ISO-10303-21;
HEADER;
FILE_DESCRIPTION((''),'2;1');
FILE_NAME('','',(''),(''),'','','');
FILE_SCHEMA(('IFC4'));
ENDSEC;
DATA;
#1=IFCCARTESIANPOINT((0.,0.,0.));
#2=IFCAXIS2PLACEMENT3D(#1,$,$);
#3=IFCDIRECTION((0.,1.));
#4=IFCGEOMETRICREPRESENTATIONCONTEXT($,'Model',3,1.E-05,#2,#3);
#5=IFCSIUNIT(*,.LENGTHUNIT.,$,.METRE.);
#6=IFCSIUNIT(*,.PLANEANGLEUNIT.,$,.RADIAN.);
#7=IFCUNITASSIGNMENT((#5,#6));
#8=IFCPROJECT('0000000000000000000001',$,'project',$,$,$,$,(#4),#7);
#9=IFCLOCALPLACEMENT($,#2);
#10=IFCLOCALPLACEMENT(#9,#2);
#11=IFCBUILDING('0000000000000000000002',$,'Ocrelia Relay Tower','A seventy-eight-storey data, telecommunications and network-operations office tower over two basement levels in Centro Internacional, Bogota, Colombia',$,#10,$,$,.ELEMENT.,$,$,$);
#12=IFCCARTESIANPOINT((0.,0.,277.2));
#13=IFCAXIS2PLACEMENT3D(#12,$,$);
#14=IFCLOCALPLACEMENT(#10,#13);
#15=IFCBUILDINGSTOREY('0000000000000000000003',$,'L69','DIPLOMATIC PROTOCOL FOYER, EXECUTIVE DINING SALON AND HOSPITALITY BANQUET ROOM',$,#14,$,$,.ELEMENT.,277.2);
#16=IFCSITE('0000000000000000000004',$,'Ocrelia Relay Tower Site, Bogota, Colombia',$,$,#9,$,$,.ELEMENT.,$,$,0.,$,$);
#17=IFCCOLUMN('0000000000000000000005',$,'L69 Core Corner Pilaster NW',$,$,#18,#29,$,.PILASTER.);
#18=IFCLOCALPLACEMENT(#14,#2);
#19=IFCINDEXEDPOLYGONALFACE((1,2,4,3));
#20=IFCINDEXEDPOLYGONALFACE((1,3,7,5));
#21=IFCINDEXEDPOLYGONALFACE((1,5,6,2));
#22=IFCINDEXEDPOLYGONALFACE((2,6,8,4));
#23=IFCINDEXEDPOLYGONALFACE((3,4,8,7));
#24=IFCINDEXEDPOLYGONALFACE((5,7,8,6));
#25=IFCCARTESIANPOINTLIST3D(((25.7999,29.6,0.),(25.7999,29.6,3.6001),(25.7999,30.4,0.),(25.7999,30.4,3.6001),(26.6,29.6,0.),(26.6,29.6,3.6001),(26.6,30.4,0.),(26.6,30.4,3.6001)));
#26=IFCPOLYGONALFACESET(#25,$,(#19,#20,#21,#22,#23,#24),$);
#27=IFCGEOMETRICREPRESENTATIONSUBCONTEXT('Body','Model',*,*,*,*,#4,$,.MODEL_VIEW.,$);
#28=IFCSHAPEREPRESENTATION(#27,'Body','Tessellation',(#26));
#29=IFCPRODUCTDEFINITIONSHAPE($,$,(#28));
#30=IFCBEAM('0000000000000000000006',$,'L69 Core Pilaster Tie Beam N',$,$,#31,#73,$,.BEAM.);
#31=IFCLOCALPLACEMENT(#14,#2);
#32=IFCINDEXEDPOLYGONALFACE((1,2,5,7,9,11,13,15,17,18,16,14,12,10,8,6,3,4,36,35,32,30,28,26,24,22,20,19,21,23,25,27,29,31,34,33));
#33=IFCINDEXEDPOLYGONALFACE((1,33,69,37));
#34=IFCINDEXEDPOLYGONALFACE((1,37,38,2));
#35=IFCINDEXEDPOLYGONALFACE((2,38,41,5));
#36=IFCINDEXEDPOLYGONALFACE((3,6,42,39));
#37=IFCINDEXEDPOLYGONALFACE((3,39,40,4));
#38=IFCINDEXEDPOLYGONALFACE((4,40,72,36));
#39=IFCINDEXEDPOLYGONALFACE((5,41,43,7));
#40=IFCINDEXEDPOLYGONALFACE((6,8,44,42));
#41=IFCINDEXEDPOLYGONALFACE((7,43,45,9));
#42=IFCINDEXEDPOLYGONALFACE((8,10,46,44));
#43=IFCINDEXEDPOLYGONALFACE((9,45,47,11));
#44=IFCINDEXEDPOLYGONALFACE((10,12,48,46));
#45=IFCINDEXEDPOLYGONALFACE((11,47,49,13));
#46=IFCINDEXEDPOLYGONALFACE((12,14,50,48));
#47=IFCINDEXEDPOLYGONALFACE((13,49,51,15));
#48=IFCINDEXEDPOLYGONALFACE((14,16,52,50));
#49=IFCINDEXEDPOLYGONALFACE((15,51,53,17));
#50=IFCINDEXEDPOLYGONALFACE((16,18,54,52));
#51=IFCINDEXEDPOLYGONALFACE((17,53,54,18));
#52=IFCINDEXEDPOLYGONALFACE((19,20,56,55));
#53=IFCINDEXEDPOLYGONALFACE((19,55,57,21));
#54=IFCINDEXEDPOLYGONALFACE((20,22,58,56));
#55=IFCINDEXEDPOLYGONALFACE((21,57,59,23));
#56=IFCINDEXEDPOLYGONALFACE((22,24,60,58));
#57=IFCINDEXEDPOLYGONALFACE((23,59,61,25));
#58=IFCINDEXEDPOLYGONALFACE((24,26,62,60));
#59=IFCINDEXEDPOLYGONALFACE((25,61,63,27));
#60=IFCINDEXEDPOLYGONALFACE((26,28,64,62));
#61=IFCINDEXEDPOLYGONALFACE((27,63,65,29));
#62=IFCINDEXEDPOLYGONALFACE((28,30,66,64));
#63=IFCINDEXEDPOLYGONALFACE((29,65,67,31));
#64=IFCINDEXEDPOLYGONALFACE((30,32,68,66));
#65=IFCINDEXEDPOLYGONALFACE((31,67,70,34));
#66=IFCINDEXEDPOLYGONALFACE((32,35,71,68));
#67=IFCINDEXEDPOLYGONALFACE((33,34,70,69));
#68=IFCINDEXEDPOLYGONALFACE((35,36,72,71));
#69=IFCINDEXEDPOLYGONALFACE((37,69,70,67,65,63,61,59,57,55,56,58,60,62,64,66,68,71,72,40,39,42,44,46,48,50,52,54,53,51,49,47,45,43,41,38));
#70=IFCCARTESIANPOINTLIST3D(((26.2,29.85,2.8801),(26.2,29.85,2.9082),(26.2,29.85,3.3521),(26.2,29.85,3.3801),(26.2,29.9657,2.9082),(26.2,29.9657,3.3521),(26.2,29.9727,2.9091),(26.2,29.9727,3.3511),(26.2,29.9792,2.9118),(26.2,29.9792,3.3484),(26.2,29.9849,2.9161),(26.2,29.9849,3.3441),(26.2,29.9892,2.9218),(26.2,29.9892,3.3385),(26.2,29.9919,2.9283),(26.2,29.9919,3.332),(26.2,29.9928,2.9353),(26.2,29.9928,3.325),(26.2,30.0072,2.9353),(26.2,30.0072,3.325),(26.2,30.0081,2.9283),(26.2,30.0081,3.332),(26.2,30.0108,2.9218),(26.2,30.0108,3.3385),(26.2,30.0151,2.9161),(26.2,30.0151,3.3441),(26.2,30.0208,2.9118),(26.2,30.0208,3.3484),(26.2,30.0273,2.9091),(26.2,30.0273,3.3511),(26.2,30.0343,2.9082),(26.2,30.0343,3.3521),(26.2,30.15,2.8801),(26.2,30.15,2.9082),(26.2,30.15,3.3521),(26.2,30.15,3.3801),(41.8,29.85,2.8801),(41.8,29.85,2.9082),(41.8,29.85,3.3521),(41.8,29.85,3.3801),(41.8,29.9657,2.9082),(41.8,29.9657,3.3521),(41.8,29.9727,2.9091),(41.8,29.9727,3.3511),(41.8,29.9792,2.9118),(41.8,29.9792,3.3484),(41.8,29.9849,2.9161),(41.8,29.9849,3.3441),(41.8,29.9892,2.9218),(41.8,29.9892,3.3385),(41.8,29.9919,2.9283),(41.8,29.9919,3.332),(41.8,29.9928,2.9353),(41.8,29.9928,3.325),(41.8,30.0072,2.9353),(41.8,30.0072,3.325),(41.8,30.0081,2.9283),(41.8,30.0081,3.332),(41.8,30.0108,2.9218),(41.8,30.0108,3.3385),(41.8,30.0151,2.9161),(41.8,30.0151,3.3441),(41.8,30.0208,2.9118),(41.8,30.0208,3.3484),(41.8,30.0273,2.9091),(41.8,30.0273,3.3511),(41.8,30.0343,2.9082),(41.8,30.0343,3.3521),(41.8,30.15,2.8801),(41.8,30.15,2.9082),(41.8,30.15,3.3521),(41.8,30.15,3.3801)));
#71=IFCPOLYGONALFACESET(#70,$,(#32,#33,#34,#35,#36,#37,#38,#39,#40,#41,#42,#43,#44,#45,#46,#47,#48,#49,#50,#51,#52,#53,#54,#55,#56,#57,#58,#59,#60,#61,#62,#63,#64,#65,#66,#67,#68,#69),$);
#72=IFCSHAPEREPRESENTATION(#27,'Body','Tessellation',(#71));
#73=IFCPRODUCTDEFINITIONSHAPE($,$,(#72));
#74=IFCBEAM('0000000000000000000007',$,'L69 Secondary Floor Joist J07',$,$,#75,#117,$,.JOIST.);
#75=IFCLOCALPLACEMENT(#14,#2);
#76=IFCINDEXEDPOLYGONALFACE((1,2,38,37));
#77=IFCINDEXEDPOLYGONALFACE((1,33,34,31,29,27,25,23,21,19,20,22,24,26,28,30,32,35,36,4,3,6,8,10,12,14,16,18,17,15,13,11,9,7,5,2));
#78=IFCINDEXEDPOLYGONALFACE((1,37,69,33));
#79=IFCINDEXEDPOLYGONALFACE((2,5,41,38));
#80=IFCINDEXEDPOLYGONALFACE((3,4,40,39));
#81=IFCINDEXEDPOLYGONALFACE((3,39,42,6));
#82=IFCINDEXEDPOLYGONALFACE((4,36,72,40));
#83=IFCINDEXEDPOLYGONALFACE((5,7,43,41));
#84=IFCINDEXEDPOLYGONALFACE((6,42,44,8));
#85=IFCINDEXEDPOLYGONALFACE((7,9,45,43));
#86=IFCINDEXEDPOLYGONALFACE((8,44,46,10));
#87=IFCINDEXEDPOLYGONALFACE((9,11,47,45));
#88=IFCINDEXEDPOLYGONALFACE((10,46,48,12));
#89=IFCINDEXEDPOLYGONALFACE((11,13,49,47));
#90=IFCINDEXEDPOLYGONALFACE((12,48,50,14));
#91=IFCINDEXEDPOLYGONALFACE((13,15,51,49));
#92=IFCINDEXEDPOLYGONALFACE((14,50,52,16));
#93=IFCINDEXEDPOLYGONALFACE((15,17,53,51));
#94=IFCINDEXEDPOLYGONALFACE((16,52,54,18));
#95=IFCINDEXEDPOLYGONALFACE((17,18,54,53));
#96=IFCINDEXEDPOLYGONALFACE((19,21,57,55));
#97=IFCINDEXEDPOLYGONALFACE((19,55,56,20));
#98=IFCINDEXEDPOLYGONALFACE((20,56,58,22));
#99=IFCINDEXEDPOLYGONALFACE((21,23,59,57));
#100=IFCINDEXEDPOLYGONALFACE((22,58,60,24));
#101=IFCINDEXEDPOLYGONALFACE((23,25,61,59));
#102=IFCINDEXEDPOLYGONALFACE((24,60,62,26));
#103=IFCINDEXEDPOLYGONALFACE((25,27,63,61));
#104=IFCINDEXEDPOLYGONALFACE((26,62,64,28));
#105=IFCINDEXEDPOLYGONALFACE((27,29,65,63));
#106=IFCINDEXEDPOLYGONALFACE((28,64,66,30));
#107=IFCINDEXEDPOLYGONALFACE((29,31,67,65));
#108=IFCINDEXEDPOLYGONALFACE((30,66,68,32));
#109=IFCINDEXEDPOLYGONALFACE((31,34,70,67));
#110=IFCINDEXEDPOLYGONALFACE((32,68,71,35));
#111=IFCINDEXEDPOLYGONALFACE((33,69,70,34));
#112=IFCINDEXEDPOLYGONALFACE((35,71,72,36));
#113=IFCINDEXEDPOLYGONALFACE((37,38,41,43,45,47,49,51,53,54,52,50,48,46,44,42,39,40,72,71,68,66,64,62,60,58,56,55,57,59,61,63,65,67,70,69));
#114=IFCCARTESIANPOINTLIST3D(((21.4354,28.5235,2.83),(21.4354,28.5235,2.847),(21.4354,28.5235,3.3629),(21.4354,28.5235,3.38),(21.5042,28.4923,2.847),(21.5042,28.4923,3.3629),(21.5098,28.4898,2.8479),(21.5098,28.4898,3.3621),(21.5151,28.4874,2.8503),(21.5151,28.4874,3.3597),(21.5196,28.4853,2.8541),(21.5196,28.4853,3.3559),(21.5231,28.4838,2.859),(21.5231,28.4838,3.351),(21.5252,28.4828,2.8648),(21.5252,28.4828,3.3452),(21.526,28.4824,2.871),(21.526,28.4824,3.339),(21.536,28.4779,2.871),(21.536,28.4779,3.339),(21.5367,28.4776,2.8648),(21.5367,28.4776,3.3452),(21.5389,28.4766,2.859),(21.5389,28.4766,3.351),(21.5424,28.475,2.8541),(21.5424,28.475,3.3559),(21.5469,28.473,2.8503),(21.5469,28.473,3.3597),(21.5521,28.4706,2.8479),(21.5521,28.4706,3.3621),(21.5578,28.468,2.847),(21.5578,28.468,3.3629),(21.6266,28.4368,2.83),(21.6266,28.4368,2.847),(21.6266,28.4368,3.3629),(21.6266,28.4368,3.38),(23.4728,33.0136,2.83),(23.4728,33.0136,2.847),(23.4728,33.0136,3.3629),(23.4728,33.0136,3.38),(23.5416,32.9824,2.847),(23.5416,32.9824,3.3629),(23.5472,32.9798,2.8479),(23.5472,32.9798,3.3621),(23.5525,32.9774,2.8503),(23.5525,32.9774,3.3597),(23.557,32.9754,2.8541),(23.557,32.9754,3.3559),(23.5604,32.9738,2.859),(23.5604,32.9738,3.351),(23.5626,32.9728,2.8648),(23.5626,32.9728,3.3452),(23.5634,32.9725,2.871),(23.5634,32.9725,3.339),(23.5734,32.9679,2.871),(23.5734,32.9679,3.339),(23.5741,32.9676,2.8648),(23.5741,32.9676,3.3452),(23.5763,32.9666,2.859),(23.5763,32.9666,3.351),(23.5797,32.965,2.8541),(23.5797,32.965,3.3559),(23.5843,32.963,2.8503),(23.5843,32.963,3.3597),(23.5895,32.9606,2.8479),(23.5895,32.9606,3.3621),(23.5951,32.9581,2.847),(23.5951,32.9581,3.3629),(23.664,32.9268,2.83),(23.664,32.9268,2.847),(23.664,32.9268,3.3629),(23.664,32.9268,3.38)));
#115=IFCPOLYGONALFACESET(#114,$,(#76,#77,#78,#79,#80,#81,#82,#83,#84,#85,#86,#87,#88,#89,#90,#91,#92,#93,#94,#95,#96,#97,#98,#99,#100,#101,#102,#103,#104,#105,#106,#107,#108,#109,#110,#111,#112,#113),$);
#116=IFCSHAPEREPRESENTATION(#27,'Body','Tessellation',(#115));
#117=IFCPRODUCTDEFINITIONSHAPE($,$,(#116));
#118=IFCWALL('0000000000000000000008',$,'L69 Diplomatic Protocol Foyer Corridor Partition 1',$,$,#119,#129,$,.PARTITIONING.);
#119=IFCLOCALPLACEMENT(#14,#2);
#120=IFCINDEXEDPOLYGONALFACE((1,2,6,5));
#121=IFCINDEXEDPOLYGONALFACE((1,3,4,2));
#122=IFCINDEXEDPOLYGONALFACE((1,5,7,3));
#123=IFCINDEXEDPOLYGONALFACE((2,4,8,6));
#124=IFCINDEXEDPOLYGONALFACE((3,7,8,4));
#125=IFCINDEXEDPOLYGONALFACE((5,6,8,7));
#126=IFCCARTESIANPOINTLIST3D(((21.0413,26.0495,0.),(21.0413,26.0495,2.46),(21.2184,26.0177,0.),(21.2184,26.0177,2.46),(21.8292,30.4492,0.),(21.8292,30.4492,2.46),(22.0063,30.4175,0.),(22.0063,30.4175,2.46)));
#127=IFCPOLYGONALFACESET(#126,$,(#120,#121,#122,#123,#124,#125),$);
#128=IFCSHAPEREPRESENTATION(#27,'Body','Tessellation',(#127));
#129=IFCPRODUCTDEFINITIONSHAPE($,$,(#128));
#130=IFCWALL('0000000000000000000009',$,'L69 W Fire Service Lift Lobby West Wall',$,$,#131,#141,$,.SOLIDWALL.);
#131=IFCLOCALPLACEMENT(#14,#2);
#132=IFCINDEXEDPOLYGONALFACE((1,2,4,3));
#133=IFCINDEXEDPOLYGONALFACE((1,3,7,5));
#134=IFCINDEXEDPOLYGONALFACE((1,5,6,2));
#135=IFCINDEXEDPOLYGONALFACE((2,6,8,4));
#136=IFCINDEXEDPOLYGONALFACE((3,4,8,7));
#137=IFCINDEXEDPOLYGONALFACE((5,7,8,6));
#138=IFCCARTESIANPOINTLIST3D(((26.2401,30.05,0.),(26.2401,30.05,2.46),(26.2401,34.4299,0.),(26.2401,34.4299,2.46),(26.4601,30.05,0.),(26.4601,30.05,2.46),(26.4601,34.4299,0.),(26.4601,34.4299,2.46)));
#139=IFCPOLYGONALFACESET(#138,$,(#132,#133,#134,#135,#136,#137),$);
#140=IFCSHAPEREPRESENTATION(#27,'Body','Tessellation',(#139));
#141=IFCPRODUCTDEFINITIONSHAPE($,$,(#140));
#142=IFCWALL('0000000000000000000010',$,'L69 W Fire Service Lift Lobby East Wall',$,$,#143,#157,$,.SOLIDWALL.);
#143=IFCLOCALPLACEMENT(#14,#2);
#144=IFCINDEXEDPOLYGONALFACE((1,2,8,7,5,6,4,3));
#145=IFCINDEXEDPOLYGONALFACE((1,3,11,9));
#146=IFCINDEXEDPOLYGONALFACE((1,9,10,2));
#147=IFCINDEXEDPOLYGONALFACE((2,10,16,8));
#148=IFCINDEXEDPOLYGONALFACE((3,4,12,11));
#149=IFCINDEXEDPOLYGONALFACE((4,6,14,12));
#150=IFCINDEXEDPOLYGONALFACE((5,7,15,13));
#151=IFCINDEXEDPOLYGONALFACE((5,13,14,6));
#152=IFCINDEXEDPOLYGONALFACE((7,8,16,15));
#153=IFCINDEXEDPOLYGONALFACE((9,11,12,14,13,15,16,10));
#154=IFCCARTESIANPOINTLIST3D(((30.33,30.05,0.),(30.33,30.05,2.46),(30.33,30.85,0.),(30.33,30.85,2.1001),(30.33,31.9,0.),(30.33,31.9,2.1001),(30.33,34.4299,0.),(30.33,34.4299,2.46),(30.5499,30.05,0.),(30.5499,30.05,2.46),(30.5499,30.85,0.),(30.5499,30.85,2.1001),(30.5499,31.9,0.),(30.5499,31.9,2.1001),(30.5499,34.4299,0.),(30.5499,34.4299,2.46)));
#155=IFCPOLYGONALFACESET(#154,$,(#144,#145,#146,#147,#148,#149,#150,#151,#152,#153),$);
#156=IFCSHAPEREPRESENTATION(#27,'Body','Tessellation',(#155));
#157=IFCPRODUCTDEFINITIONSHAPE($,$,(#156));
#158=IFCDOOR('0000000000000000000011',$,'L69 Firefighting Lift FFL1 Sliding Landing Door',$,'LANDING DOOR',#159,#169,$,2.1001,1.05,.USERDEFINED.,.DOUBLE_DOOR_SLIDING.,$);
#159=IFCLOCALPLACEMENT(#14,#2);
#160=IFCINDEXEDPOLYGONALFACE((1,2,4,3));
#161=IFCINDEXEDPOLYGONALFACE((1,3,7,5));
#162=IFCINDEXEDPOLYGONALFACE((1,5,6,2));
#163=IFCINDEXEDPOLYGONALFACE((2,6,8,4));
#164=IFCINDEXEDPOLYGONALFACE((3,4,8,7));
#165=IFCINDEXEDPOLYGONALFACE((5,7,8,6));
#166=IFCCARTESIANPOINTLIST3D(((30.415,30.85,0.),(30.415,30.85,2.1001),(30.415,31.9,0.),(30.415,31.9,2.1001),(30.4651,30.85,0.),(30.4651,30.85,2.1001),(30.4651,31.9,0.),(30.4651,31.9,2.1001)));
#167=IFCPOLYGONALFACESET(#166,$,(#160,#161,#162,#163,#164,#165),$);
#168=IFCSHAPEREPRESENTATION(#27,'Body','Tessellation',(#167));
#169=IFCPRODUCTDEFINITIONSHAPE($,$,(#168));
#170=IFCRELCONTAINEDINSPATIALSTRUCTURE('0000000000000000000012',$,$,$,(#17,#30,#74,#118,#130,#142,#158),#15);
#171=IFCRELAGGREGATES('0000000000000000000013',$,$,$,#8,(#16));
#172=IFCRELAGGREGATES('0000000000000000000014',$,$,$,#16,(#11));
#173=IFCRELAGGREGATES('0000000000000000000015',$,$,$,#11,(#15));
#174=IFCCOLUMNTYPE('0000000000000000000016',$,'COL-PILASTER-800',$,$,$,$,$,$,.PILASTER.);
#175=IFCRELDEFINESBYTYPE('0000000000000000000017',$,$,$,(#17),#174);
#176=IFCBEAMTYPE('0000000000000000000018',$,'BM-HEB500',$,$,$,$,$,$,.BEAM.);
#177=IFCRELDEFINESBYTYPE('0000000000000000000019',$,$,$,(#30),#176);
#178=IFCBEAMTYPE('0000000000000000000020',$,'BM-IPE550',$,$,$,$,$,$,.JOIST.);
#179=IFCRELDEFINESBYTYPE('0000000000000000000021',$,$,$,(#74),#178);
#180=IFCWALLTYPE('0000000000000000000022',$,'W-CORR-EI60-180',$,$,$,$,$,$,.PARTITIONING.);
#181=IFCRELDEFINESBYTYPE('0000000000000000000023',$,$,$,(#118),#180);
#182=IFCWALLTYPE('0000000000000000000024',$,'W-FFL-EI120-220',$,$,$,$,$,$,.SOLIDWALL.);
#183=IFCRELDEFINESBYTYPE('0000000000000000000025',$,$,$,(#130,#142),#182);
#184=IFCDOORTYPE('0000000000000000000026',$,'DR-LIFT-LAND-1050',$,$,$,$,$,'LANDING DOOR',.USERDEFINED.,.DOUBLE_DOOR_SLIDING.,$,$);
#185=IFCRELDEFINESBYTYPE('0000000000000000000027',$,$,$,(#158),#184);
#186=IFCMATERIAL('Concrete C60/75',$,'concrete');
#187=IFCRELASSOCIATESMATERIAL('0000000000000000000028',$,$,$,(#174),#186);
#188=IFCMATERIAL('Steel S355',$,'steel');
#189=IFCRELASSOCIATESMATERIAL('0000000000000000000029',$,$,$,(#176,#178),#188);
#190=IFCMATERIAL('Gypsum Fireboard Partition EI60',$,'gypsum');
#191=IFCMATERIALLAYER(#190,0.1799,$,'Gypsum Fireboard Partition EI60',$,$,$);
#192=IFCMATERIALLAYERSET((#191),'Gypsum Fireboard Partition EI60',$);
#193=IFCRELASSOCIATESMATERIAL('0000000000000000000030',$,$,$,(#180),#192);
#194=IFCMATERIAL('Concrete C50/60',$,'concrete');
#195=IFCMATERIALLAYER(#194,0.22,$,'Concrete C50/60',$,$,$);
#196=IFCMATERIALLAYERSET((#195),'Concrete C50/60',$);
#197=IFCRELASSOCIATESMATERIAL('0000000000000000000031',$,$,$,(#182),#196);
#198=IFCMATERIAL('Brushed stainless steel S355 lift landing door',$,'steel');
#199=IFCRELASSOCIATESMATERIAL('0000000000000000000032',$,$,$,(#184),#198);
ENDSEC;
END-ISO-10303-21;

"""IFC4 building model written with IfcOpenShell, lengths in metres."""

from ifc_helpers import new_model, si_unit, direction, frame, frame_2d, origin, origin_2d, place, context, subcontext, project, spatial, rectangle, i_section, extrude, material, layer, layer_set, material_profile, profile_set, type_object, element, fill, save


model = new_model("IFC4")

# Units and contexts
model_context = context("Model", 3, precision=1e-05, world=origin(), true_north=direction((0.0, 1.0)))
body_context = subcontext(model_context, "Body", "Model", "MODEL_VIEW")
ifc_project = project(units=[si_unit("LENGTHUNIT", "METRE"), si_unit("PLANEANGLEUNIT", "RADIAN")], contexts=[model_context])

# Site, building, storey
site_placement = place(None, origin())
site = spatial("IfcSite", under=ifc_project, at=site_placement, Name="Ocrelia Relay Tower Site, Bogota, Colombia", CompositionType="ELEMENT", RefElevation=0.0)
building_placement = place(site_placement, origin())
building = spatial("IfcBuilding", under=site, at=building_placement, Name="Ocrelia Relay Tower", Description="A seventy-eight-storey data, telecommunications and network-operations office tower over two basement levels in Centro Internacional, Bogota, Colombia", CompositionType="ELEMENT")
storey_placement = place(building_placement, frame((0.0, 0.0, 277.2)))
storey = spatial("IfcBuildingStorey", under=building, at=storey_placement, Name="L69", Description="DIPLOMATIC PROTOCOL FOYER, EXECUTIVE DINING SALON AND HOSPITALITY BANQUET ROOM", CompositionType="ELEMENT", Elevation=277.2)

# Column
ifc_material_1 = material(Name="Concrete C60/75", Category="concrete")
ifc_material_profile_1 = material_profile(ifc_material_1, rectangle(XDim=0.8, YDim=0.8, at=origin_2d()), Name="RC-COL-800x800")
ifc_profile_set_1 = profile_set([ifc_material_profile_1], Name="Concrete C60/75")
column_type = type_object("IfcColumnType", Name="COL-PILASTER-800", PredefinedType="PILASTER", material=ifc_profile_set_1)
column_placement = place(storey_placement, frame((26.2, 30.0, 0.0), z_axis=(0.0, 0.0, 1.0), x_axis=(1.0, 0.0, 0.0)))
element("IfcColumn", 1, at=column_placement, inside=storey, type_object=column_type, Name="L69 Core Corner Pilaster NW", PredefinedType="PILASTER", context=body_context, shape_type="SweptSolid", body=[
    extrude(rectangle(XDim=0.8, YDim=0.8, at=origin_2d()), origin(), (0.0, 0.0, 1.0), 3.6001),
])

# Beams
ifc_material_2 = material(Name="Steel S355", Category="steel")
ifc_material_profile_2 = material_profile(ifc_material_2, i_section(OverallWidth=0.3, OverallDepth=0.5, WebThickness=0.0144, FlangeThickness=0.0281, FilletRadius=0.0271, at=origin_2d()), Name="HEB 500")
ifc_profile_set_2 = profile_set([ifc_material_profile_2], Name="Steel S355")
beam_type_1 = type_object("IfcBeamType", Name="BM-HEB500", PredefinedType="BEAM", material=ifc_profile_set_2)
beam_1_placement = place(storey_placement, frame((26.2, 30.0, 3.1301), z_axis=(1.0, 0.0, 0.0), x_axis=(0.0, 1.0, 0.0)))
element("IfcBeam", 2, at=beam_1_placement, inside=storey, type_object=beam_type_1, Name="L69 Core Pilaster Tie Beam N", PredefinedType="BEAM", context=body_context, shape_type="SweptSolid", body=[
    extrude(i_section(OverallWidth=0.3, OverallDepth=0.5, WebThickness=0.0144, FlangeThickness=0.0281, FilletRadius=0.0271, at=origin_2d()), origin(), (0.0, 0.0, 1.0), 15.6001),
])
ifc_material_profile_3 = material_profile(ifc_material_2, i_section(OverallWidth=0.21, OverallDepth=0.55, WebThickness=0.011, FlangeThickness=0.0171, FilletRadius=0.0239, at=origin_2d()), Name="IPE 550")
ifc_profile_set_3 = profile_set([ifc_material_profile_3], Name="Steel S355")
beam_type_2 = type_object("IfcBeamType", Name="BM-IPE550", PredefinedType="JOIST", material=ifc_profile_set_3)
beam_2_placement = place(storey_placement, frame((23.5684, 32.9702, 3.105), z_axis=(-0.413206, -0.910638, 0.0), x_axis=(0.910638, -0.413206, 0.0)))
element("IfcBeam", 3, at=beam_2_placement, inside=storey, type_object=beam_type_2, Name="L69 Secondary Floor Joist J07", PredefinedType="JOIST", context=body_context, shape_type="SweptSolid", body=[
    extrude(i_section(OverallWidth=0.21, OverallDepth=0.55, WebThickness=0.011, FlangeThickness=0.0171, FilletRadius=0.0239, at=origin_2d()), origin(), (0.0, 0.0, 1.0), 4.9307),
])

# Shared definitions
ifc_material_3 = material(Name="Concrete C50/60", Category="concrete")

# Walls
ifc_material_4 = material(Name="Gypsum Fireboard Partition EI60", Category="gypsum")
ifc_layer_1 = layer(ifc_material_4, 0.1799, Name="Gypsum Fireboard Partition EI60")
ifc_layer_set_1 = layer_set([ifc_layer_1], Name="Gypsum Fireboard Partition EI60")
wall_type_1 = type_object("IfcWallType", Name="W-CORR-EI60-180", PredefinedType="PARTITIONING", material=ifc_layer_set_1)
wall_1_placement = place(storey_placement, frame((21.9177, 30.4333, 0.0), z_axis=(0.0, 0.0, 1.0), x_axis=(-0.176265, -0.984343, 0.0)))
element("IfcWall", 4, at=wall_1_placement, inside=storey, type_object=wall_type_1, Name="L69 Diplomatic Protocol Foyer Corridor Partition 1", PredefinedType="PARTITIONING", context=body_context, shape_type="SweptSolid", body=[
    extrude(rectangle(XDim=4.4697, YDim=0.1799, at=frame_2d((2.2349, 0.0))), origin(), (0.0, 0.0, 1.0), 2.46),
])
ifc_layer_2 = layer(ifc_material_3, 0.22, Name="Concrete C50/60")
ifc_layer_set_2 = layer_set([ifc_layer_2], Name="Concrete C50/60")
wall_type_2 = type_object("IfcWallType", Name="W-FFL-EI120-220", PredefinedType="SOLIDWALL", material=ifc_layer_set_2)
wall_2_placement = place(storey_placement, frame((26.3501, 30.05, 0.0), z_axis=(0.0, 0.0, 1.0), x_axis=(0.0, 1.0, 0.0)))
element("IfcWall", 5, at=wall_2_placement, inside=storey, type_object=wall_type_2, Name="L69 W Fire Service Lift Lobby West Wall", PredefinedType="SOLIDWALL", context=body_context, shape_type="SweptSolid", body=[
    extrude(rectangle(XDim=4.3799, YDim=0.22, at=frame_2d((2.1899, 0.0))), origin(), (0.0, 0.0, 1.0), 2.46),
])

# Wall, opening, door
wall_3_placement = place(storey_placement, frame((30.4399, 30.05, 0.0), z_axis=(0.0, 0.0, 1.0), x_axis=(0.0, 1.0, 0.0)))
wall_3 = element("IfcWall", 6, at=wall_3_placement, inside=storey, type_object=wall_type_2, Name="L69 W Fire Service Lift Lobby East Wall", PredefinedType="SOLIDWALL", context=body_context, shape_type="SweptSolid", body=[
    extrude(rectangle(XDim=4.3799, YDim=0.22, at=frame_2d((2.1899, 0.0))), origin(), (0.0, 0.0, 1.0), 2.46),
])
opening_1_placement = place(wall_3_placement, frame((0.8, 0.0, 0.0)))
opening_1 = element("IfcOpeningElement", 7, at=opening_1_placement, cuts=wall_3, PredefinedType="OPENING", context=body_context, shape_type="SweptSolid", body=[
    extrude(rectangle(XDim=1.05, YDim=2.1001, at=frame_2d((0.5249, 1.05))), frame((0.0, 0.1201, 0.0), z_axis=(0.0, -1.0, 0.0), x_axis=(1.0, 0.0, 0.0)), (0.0, 0.0, 1.0), 0.24),
])
ifc_material_5 = material(Name="Brushed stainless steel S355 lift landing door", Category="steel")
door_type_1 = type_object("IfcDoorType", Name="DR-LIFT-LAND-1050", ElementType="LANDING DOOR", OperationType="DOUBLE_DOOR_SLIDING", PredefinedType="USERDEFINED", material=ifc_material_5)
door_1_placement = place(opening_1_placement, origin())
door_1 = element("IfcDoor", 8, at=door_1_placement, inside=storey, type_object=door_type_1, Name="L69 Firefighting Lift FFL1 Sliding Landing Door", ObjectType="LANDING DOOR", OperationType="DOUBLE_DOOR_SLIDING", OverallHeight=2.1001, OverallWidth=1.05, PredefinedType="USERDEFINED", context=body_context, shape_type="SweptSolid", body=[
    extrude(rectangle(XDim=1.05, YDim=2.1001, at=frame_2d((0.5249, 1.05))), frame((0.0, 0.0249, 0.0), z_axis=(0.0, -1.0, 0.0), x_axis=(1.0, 0.0, 0.0)), (0.0, 0.0, 1.0), 0.05),
])
fill(opening_1, door_1)

save(model, "model.ifc")
